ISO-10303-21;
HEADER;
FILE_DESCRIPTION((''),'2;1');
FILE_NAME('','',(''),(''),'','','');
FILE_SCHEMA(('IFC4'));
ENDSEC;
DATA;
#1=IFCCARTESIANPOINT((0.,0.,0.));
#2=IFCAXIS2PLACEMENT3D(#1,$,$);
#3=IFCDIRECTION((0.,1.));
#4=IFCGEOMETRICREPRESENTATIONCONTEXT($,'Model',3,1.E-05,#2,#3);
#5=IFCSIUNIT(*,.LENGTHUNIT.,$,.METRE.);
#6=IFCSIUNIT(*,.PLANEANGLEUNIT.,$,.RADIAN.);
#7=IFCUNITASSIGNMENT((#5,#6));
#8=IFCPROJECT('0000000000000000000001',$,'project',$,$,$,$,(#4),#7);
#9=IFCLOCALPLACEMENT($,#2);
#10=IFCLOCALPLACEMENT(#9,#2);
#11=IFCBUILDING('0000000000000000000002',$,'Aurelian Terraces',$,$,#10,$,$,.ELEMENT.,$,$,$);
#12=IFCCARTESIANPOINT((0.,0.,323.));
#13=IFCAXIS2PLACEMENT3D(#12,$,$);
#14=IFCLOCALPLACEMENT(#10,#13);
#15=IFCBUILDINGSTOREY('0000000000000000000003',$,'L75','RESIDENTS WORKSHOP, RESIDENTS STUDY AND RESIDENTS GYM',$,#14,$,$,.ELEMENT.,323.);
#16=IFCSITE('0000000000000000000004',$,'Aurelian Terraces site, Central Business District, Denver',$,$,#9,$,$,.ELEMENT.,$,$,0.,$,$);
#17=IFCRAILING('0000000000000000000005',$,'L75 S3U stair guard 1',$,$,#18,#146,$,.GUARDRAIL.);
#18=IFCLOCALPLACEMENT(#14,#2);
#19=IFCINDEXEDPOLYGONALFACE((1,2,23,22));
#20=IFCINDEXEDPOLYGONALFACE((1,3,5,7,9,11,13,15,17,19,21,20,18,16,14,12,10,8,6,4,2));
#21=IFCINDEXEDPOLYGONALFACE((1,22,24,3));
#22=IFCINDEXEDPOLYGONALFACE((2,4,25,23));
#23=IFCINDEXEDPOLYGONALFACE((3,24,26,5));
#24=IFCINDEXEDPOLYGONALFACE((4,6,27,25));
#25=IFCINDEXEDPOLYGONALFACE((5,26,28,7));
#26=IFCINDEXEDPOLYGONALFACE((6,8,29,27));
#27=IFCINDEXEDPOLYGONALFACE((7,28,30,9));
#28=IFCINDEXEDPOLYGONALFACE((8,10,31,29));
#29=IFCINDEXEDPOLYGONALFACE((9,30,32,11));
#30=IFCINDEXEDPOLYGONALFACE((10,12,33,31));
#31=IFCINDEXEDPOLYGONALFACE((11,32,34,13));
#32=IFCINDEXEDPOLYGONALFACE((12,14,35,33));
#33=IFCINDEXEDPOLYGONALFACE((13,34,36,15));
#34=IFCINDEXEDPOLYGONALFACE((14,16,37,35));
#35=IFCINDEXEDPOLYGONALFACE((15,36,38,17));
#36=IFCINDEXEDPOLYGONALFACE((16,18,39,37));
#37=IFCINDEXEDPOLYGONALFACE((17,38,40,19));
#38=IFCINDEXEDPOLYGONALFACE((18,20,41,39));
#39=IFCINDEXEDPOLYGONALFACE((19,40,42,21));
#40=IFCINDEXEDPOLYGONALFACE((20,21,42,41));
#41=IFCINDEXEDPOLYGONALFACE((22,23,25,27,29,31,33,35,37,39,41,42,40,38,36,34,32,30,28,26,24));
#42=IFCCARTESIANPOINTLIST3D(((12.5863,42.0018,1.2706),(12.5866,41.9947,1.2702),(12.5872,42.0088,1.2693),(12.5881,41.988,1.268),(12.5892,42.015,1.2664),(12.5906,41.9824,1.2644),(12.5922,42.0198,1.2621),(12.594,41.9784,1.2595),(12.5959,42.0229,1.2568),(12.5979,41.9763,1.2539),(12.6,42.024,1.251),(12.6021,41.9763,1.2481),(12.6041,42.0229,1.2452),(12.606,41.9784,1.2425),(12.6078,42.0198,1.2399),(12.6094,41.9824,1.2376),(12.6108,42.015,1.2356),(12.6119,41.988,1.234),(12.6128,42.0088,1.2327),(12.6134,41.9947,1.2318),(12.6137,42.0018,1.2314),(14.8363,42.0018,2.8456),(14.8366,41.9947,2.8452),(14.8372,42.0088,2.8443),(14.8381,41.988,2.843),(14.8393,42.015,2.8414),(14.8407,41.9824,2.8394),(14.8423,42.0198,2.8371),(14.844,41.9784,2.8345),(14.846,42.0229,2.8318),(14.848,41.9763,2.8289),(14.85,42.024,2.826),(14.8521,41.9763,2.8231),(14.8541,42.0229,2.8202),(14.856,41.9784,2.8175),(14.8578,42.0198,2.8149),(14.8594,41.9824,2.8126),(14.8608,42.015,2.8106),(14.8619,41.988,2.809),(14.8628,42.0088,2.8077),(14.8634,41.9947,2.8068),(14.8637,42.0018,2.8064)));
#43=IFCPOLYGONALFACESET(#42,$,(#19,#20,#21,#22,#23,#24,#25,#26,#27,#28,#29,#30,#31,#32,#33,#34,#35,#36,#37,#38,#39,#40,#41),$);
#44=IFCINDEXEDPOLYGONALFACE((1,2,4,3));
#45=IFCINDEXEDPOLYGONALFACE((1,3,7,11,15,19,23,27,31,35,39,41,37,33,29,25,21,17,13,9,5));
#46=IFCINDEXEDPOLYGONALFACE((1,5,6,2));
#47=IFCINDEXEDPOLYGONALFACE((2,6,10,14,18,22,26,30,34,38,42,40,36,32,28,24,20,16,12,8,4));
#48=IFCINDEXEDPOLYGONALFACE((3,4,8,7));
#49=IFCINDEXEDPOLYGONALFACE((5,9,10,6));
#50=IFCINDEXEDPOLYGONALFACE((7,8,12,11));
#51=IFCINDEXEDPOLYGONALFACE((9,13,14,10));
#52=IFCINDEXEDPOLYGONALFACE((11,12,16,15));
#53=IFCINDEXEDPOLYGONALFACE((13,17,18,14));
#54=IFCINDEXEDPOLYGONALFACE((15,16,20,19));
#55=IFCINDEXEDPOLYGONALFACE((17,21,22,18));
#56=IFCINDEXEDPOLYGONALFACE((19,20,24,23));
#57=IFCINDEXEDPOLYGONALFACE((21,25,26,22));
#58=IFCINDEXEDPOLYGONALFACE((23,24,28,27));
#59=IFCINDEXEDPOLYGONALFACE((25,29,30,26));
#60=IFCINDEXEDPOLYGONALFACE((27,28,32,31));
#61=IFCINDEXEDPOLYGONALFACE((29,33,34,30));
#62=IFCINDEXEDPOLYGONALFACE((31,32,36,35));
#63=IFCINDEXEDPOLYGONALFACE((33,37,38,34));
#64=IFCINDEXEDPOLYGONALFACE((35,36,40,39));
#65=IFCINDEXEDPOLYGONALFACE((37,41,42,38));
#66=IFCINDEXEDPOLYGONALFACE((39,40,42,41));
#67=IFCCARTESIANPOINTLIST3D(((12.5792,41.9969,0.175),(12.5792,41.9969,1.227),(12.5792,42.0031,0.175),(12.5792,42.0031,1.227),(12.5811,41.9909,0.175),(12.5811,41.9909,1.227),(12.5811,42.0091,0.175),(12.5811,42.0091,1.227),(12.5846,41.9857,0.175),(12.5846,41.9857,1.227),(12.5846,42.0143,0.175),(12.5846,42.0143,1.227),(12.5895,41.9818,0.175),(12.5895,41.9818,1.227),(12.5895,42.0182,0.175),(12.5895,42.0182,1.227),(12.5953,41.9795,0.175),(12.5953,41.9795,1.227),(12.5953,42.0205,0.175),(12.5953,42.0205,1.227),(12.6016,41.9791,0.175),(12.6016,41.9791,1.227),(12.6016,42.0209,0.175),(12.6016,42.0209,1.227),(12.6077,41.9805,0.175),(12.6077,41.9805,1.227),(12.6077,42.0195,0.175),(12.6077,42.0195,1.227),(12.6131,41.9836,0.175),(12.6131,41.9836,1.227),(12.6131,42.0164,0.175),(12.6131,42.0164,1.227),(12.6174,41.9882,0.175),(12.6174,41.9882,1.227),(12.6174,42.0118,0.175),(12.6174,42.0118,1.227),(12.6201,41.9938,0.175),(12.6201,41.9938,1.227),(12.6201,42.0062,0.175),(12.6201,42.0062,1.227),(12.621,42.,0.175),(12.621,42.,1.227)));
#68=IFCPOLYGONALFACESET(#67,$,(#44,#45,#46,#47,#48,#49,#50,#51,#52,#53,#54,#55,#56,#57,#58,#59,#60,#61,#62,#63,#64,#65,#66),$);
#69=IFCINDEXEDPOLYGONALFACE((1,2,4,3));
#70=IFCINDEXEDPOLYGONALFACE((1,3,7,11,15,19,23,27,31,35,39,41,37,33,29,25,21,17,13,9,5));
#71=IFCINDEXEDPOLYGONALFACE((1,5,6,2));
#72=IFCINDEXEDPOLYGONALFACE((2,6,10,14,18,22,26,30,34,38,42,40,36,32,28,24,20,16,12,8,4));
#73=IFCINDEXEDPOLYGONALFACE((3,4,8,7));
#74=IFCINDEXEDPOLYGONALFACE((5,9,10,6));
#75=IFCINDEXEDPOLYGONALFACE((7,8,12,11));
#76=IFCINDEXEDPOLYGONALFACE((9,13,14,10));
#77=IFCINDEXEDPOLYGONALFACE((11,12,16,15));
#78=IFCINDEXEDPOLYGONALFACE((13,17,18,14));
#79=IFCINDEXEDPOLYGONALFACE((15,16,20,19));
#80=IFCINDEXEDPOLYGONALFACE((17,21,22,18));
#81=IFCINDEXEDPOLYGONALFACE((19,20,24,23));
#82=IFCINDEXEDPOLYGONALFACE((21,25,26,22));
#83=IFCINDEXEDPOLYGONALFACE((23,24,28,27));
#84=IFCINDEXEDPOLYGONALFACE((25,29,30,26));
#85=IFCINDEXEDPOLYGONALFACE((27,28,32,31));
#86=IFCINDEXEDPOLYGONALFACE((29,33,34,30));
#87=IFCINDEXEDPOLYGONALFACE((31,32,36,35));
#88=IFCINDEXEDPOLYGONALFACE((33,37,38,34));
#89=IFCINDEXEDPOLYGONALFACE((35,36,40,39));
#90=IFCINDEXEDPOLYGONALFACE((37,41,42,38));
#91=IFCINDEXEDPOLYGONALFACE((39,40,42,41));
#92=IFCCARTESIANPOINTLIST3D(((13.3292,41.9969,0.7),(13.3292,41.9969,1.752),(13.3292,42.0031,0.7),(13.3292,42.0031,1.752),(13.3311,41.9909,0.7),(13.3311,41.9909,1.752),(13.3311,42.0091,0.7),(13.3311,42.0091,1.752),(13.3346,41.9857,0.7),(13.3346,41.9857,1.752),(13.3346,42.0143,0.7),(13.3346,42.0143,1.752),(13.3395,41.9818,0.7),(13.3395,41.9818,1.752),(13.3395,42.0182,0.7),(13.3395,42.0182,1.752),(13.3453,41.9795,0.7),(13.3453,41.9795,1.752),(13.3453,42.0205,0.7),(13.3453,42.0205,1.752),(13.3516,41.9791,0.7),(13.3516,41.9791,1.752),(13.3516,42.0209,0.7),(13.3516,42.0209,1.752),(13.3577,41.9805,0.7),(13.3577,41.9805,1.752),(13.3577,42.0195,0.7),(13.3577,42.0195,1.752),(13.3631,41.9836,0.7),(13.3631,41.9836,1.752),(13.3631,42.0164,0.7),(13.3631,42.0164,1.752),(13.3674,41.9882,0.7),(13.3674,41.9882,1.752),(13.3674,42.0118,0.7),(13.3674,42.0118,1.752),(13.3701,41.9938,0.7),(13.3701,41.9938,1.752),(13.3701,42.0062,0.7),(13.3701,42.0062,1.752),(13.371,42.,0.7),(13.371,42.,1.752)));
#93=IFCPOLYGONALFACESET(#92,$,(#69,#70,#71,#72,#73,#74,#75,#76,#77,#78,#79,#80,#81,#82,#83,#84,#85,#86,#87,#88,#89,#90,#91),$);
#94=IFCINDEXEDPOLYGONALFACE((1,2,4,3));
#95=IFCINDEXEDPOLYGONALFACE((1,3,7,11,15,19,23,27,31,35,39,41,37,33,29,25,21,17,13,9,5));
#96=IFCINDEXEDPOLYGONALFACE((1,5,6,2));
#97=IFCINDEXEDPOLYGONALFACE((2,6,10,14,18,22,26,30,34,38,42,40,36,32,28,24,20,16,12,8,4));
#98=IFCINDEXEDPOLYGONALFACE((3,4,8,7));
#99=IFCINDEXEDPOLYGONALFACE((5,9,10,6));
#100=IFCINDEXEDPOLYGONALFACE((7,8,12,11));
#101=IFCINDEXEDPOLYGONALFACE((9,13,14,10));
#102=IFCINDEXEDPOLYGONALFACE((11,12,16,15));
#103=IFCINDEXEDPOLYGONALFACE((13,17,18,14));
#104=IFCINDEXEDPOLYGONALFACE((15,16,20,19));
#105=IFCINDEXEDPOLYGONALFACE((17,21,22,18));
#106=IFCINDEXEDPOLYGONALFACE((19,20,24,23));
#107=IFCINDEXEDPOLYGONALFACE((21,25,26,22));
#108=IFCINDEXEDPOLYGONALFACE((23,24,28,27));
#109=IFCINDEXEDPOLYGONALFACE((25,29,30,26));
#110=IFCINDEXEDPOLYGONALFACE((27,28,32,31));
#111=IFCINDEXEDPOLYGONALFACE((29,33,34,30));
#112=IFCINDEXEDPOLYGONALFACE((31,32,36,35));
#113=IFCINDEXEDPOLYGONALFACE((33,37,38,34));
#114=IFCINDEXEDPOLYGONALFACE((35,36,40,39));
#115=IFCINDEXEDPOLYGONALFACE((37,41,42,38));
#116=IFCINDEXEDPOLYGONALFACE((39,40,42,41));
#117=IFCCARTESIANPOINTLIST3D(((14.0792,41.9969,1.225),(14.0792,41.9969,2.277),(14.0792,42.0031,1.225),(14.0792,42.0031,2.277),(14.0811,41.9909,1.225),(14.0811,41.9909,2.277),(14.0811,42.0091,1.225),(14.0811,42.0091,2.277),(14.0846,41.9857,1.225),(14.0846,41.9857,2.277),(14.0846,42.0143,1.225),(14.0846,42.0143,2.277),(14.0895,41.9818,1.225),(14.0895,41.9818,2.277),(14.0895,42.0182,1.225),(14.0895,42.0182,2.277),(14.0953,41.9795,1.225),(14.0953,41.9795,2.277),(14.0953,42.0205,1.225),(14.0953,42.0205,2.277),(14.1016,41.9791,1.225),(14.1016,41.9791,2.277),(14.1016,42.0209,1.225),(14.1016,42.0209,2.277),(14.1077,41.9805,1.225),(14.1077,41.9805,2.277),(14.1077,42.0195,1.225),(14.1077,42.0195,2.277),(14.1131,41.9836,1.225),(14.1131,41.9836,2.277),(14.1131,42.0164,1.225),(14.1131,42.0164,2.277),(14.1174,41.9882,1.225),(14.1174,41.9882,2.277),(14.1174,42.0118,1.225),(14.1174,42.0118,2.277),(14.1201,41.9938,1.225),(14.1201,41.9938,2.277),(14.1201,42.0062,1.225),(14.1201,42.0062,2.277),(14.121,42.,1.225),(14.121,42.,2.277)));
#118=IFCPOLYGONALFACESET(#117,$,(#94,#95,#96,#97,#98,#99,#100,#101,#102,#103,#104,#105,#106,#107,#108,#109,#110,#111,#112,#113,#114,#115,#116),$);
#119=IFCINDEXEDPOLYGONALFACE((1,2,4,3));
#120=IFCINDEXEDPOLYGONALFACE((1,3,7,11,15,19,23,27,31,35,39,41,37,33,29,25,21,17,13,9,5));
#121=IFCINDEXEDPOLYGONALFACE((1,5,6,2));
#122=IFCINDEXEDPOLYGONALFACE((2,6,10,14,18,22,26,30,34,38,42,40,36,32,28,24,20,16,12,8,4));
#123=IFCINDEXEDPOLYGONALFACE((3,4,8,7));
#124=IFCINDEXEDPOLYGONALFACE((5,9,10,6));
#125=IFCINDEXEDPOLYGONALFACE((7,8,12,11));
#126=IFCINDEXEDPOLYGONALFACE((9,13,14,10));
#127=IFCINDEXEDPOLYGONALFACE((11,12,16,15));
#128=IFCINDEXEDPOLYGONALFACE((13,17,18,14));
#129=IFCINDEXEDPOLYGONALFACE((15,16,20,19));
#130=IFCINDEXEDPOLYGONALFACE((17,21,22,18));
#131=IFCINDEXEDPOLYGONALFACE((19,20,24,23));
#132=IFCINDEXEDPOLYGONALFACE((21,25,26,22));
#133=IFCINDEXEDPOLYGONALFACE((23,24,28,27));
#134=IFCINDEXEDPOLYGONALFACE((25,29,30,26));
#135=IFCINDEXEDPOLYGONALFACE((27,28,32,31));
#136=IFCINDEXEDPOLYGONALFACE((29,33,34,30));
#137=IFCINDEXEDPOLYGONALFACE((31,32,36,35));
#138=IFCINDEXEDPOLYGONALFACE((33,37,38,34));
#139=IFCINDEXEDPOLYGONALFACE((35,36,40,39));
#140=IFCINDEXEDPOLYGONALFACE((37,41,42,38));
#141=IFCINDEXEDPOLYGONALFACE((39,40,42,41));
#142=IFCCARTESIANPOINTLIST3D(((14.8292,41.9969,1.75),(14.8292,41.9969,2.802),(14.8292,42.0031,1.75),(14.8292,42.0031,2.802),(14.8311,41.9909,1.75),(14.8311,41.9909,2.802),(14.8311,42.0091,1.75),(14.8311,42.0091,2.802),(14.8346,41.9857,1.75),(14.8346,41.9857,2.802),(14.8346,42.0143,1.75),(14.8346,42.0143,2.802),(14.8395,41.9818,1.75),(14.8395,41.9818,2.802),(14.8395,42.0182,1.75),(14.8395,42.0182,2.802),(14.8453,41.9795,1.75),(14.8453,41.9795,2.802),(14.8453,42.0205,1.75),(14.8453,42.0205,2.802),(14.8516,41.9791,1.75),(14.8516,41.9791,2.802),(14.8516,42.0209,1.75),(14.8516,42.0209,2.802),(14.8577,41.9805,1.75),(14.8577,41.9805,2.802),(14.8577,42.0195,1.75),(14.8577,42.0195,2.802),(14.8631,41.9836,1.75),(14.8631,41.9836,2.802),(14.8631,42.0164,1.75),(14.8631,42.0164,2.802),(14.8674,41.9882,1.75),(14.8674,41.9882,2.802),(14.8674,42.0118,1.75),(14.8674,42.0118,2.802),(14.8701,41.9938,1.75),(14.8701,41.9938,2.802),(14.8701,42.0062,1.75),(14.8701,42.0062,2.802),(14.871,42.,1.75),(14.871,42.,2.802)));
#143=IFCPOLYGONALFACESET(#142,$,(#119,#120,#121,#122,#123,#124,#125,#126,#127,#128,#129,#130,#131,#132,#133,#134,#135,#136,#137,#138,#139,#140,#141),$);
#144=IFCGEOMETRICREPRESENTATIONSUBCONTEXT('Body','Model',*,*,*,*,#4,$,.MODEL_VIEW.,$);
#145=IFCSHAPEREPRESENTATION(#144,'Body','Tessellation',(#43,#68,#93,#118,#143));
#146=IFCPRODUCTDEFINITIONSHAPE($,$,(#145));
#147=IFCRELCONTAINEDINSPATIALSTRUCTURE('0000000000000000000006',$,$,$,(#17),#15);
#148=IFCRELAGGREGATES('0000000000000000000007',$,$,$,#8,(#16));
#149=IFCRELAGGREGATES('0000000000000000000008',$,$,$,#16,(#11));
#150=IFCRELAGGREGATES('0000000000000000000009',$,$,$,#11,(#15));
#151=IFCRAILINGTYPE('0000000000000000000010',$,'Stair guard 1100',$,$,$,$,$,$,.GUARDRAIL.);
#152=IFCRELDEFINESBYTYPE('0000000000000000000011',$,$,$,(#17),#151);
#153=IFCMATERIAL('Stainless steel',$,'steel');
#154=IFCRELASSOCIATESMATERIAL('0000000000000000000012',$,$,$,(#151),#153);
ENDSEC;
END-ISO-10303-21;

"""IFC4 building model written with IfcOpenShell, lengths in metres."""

from ifc_helpers import new_model, si_unit, direction, frame, origin, origin_2d, place, context, subcontext, project, spatial, circle, extrude, source, transform, mapped, material, type_object, element, save


model = new_model("IFC4")

# Units and contexts
model_context = context("Model", 3, precision=1e-05, world=origin(), true_north=direction((0.0, 1.0)))
body_context = subcontext(model_context, "Body", "Model", "MODEL_VIEW")
ifc_project = project(units=[si_unit("LENGTHUNIT", "METRE"), si_unit("PLANEANGLEUNIT", "RADIAN")], contexts=[model_context])

# Site, building, storey
site_placement = place(None, origin())
site = spatial("IfcSite", under=ifc_project, at=site_placement, Name="Aurelian Terraces site, Central Business District, Denver", CompositionType="ELEMENT", RefElevation=0.0)
building_placement = place(site_placement, origin())
building = spatial("IfcBuilding", under=site, at=building_placement, Name="Aurelian Terraces", CompositionType="ELEMENT")
storey_placement = place(building_placement, frame((0.0, 0.0, 323.0)))
storey = spatial("IfcBuildingStorey", under=building, at=storey_placement, Name="L75", Description="RESIDENTS WORKSHOP, RESIDENTS STUDY AND RESIDENTS GYM", CompositionType="ELEMENT", Elevation=323.0)

# Railing
ifc_material_1 = material(Name="Stainless steel", Category="steel")
railing_type_1 = type_object("IfcRailingType", Name="Stair guard 1100", PredefinedType="GUARDRAIL", material=ifc_material_1)
shared_shape_1 = source(origin(), body_context, "Body", "SweptSolid", [
    extrude(circle(Radius=0.024, at=origin_2d()), frame((0.0, 0.0, 1.076), z_axis=(0.819232, 0.0, 0.573462), x_axis=(0.0, 1.0, 0.0)), (0.0, 0.0, 1.0), 2.7465),
    extrude(circle(Radius=0.021, at=origin_2d()), origin(), (0.0, 0.0, 1.0), 1.052),
    extrude(circle(Radius=0.021, at=origin_2d()), frame((0.75, 0.0, 0.525)), (0.0, 0.0, 1.0), 1.052),
    extrude(circle(Radius=0.021, at=origin_2d()), frame((1.5, 0.0, 1.05)), (0.0, 0.0, 1.0), 1.052),
    extrude(circle(Radius=0.021, at=origin_2d()), frame((2.25, 0.0, 1.575)), (0.0, 0.0, 1.0), 1.052),
])
railing_1_placement = place(storey_placement, frame((12.6, 42.0, 0.175)))
element("IfcRailing", 1, at=railing_1_placement, inside=storey, type_object=railing_type_1, Name="L75 S3U stair guard 1", PredefinedType="GUARDRAIL", context=body_context, shape_type="MappedRepresentation", body=[
    mapped(shared_shape_1, transform((0.0, 0.0, 0.0), scale=1.0)),
])

save(model, "model.ifc")
